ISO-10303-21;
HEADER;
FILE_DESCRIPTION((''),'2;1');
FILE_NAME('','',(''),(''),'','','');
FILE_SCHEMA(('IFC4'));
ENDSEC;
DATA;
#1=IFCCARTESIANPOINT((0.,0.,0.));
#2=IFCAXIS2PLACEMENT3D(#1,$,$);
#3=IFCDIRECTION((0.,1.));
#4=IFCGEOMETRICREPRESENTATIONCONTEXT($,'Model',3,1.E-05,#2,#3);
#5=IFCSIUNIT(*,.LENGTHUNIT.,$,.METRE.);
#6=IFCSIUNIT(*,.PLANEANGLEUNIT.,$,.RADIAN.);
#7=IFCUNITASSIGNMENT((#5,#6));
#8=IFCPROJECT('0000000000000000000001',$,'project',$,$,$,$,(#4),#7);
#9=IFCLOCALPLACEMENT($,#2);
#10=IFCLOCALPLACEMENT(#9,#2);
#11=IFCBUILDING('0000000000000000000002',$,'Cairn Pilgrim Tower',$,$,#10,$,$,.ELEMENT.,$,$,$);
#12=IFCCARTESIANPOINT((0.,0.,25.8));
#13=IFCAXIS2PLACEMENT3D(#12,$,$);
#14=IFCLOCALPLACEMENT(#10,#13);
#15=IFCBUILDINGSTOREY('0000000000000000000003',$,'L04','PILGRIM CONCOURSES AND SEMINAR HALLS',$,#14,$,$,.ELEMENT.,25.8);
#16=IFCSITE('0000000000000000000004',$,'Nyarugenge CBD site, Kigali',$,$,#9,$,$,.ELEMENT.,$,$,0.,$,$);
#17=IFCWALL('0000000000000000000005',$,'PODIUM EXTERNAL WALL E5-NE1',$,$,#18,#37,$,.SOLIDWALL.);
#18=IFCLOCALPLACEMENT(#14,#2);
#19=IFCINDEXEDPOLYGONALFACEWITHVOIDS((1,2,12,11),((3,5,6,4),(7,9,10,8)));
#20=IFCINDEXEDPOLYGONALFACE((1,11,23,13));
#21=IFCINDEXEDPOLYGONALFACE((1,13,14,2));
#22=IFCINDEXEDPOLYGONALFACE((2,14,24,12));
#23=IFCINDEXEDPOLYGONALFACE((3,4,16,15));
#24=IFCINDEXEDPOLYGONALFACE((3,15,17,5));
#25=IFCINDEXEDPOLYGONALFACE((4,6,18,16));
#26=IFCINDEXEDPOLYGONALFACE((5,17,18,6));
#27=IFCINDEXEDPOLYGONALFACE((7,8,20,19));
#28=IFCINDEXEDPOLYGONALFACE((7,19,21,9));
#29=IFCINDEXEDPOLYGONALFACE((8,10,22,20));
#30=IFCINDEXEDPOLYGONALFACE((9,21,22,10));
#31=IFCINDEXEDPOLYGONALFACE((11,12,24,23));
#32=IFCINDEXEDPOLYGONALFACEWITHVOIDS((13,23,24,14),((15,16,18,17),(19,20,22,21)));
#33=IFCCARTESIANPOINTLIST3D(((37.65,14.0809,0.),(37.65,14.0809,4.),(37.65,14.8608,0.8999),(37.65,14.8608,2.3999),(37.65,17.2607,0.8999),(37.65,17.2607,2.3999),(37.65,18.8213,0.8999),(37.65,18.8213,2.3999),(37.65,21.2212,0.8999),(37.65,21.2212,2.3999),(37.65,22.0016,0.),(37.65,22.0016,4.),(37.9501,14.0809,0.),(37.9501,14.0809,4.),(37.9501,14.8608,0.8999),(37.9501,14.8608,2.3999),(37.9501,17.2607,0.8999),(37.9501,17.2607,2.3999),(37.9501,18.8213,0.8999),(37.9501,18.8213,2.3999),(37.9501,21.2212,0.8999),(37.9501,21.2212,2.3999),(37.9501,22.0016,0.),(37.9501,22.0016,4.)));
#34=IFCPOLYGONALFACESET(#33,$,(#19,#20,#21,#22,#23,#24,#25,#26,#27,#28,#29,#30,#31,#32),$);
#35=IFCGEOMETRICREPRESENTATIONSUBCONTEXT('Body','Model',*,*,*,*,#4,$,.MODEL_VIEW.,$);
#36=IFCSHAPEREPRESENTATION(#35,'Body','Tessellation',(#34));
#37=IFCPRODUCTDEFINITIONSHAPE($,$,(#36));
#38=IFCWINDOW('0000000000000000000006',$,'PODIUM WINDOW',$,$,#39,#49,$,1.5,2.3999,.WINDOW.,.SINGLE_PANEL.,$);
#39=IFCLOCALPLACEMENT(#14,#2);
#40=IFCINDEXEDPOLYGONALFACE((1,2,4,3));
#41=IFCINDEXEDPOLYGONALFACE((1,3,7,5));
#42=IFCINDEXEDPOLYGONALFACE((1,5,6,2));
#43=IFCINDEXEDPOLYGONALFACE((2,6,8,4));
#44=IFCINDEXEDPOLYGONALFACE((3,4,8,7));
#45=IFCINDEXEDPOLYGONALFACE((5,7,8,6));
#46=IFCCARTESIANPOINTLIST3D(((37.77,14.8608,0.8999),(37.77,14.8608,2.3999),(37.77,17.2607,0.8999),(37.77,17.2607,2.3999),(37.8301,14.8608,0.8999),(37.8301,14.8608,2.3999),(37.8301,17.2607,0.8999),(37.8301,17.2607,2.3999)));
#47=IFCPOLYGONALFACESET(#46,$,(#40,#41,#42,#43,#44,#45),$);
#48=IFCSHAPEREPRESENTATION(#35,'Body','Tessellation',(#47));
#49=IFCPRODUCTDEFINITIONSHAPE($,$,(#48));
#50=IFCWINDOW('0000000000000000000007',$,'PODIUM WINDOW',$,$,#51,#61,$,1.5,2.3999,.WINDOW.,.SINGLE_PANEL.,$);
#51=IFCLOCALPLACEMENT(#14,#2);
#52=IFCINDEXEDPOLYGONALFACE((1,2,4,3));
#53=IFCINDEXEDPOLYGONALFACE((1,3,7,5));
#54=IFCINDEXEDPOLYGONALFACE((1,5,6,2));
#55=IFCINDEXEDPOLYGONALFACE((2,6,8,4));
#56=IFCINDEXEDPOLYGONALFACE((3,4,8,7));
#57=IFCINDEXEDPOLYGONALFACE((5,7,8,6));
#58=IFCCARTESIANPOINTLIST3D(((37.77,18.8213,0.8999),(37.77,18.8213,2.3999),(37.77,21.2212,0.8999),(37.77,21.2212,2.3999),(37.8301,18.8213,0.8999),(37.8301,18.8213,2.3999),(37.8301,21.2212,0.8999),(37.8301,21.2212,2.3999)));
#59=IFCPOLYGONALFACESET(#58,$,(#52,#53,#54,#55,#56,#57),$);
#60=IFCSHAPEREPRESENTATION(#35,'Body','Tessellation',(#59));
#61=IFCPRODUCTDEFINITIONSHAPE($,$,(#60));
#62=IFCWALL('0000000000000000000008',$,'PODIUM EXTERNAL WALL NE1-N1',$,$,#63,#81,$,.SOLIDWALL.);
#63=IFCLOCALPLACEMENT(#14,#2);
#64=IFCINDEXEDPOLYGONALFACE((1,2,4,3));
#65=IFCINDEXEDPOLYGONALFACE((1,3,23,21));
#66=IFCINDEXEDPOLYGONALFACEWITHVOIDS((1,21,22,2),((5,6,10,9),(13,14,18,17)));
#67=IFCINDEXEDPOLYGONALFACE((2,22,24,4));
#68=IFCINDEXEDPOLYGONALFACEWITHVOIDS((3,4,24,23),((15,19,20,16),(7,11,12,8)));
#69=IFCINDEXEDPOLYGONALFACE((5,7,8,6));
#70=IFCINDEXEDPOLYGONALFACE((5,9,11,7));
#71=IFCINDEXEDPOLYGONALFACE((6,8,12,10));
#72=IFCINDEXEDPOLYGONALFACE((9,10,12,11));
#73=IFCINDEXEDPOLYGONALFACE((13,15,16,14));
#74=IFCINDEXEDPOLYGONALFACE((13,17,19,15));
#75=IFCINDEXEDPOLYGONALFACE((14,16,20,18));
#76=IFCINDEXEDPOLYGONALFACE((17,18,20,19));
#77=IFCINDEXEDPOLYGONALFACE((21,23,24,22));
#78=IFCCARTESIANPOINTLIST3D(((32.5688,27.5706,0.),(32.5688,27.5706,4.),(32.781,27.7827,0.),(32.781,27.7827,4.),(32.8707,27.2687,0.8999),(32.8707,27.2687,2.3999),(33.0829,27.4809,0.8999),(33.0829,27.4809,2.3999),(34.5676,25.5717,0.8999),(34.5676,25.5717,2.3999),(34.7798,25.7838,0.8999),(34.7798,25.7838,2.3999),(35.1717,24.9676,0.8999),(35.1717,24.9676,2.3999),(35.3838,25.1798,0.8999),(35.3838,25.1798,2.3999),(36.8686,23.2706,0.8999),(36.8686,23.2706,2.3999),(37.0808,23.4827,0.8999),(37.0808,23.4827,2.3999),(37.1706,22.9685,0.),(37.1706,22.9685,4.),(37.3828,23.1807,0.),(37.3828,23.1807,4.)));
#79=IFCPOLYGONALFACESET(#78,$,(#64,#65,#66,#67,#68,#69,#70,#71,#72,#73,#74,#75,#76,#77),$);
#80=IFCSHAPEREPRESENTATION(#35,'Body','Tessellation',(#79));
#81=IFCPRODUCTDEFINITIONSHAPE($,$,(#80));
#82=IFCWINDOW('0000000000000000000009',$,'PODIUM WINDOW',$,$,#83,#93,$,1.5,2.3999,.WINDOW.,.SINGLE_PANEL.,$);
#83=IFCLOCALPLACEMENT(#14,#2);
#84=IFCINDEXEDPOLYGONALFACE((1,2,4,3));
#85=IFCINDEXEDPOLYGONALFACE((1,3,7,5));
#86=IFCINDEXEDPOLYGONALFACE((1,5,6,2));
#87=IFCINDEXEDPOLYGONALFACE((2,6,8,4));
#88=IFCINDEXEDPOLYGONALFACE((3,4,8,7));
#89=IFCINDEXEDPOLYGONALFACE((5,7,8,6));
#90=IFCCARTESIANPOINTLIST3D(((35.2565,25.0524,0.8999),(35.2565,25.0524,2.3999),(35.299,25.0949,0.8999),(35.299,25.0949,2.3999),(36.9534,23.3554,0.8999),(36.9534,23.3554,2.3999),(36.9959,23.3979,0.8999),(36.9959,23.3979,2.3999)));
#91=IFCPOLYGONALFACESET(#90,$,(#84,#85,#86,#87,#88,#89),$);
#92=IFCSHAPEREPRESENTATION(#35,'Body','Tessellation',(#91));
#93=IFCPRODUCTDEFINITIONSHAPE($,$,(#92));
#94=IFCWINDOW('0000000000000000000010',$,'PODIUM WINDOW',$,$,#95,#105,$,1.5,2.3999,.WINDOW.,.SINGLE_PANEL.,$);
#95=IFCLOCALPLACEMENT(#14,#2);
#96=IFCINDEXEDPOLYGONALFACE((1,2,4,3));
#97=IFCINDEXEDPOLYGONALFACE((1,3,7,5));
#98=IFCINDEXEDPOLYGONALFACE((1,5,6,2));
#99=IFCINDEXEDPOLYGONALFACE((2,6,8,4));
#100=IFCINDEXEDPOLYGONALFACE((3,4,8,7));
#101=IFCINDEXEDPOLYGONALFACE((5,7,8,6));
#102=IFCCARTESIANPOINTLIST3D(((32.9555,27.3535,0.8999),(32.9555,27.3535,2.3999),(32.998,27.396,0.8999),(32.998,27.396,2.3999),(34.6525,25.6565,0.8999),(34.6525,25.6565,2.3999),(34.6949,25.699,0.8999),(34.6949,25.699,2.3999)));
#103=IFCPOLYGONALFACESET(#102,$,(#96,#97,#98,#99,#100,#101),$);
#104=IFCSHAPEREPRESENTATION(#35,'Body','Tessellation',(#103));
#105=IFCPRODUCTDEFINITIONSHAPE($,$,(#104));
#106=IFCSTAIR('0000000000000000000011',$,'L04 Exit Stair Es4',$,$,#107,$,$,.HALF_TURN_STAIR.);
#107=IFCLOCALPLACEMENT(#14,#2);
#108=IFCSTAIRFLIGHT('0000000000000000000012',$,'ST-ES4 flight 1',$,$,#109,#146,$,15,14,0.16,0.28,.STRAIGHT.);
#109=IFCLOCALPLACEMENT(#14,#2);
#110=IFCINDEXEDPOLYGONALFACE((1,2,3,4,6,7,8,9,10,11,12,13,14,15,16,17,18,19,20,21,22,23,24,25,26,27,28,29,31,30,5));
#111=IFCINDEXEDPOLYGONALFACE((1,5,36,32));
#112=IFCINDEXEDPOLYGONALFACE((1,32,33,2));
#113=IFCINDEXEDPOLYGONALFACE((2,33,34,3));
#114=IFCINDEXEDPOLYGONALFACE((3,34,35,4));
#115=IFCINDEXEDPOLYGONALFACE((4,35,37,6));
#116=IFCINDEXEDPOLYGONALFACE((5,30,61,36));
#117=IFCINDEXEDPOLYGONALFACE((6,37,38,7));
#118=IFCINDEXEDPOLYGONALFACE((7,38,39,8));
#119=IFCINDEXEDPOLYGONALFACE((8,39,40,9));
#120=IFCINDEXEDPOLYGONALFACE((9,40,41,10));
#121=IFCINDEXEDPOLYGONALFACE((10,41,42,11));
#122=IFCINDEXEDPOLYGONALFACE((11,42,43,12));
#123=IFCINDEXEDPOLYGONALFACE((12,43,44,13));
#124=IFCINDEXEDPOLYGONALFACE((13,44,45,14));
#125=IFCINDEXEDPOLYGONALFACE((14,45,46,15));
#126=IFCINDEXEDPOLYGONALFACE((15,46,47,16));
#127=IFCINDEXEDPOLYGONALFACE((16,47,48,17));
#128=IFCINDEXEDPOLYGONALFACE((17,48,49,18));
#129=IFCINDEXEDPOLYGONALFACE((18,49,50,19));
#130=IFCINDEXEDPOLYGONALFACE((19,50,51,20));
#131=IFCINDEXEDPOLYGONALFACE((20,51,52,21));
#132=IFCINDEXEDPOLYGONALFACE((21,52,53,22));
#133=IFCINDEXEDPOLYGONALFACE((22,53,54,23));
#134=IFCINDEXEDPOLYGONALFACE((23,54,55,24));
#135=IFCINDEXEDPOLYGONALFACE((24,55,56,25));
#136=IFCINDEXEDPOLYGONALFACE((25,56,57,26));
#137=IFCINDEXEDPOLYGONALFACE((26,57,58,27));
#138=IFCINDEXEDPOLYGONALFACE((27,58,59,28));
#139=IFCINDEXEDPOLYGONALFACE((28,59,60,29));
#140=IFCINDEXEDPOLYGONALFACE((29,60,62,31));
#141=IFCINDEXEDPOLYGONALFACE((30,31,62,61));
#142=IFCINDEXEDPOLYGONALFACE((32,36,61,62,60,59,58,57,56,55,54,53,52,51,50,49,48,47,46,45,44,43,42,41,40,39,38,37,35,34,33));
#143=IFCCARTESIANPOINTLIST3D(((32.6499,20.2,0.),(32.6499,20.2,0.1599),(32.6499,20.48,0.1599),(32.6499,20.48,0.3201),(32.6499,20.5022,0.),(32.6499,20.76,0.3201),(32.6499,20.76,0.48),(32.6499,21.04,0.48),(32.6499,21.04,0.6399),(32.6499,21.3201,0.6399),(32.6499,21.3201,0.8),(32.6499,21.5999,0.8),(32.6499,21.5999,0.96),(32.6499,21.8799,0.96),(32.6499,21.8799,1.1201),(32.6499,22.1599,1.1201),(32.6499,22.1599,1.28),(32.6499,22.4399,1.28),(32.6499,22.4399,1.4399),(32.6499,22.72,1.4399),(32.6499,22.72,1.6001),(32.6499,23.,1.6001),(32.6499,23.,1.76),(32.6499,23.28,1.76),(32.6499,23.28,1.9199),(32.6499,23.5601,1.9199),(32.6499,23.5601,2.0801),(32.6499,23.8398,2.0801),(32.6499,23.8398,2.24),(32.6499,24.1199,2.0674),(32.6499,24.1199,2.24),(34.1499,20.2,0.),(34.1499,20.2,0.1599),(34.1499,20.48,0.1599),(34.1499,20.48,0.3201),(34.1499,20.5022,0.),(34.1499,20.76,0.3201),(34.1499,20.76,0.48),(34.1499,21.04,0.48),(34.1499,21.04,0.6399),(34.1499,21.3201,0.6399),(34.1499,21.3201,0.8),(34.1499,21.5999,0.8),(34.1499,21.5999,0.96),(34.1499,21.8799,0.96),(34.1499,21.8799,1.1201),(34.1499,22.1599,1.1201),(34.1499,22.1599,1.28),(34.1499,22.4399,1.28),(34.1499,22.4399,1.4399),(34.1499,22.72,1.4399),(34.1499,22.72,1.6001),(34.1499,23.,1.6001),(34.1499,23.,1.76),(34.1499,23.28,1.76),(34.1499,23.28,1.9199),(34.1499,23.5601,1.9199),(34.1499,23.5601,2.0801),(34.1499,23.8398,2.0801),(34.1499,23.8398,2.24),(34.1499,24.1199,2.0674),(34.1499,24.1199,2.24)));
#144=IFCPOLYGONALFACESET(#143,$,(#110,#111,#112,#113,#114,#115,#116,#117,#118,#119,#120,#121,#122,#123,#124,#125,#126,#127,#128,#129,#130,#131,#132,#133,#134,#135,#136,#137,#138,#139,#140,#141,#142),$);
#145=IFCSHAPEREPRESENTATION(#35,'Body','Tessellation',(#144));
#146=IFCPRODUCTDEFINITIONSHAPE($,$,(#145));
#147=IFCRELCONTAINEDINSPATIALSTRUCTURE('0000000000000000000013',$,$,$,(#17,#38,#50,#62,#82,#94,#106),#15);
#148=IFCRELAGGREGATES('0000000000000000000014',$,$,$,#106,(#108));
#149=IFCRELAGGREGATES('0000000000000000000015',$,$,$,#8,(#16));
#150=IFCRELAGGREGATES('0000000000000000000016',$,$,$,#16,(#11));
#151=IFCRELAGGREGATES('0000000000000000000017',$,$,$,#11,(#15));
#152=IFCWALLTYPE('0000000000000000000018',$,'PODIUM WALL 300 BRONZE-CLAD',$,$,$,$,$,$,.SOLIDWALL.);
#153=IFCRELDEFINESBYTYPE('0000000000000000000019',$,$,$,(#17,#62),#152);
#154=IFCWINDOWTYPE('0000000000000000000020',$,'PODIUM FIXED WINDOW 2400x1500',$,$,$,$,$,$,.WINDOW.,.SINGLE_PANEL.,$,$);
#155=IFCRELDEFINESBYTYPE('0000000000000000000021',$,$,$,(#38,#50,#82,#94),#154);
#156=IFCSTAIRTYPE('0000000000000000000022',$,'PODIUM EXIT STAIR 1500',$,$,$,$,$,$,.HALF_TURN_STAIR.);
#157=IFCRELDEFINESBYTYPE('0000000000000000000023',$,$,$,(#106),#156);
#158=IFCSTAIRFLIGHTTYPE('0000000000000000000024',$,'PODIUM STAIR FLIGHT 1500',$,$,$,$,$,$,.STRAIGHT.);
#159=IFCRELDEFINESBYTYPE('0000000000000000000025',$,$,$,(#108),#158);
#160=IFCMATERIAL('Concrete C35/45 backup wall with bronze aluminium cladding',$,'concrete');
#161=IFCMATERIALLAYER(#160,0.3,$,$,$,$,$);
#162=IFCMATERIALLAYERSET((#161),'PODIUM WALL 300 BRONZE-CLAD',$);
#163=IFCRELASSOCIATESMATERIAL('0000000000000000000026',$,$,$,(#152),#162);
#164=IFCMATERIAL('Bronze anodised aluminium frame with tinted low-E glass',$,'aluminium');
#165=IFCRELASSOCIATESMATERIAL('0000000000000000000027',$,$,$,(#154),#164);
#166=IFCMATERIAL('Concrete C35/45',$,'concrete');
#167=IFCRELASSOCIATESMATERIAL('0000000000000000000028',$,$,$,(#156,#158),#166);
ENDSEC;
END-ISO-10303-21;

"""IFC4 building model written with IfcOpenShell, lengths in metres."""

from ifc_helpers import new_model, si_unit, direction, frame, frame_2d, origin, place, context, subcontext, project, spatial, polyline, rectangle, outline, extrude, material, layer, layer_set, type_object, element, fill, aggregate, save


model = new_model("IFC4")

# Units and contexts
model_context = context("Model", 3, precision=1e-05, world=origin(), true_north=direction((0.0, 1.0)))
body_context = subcontext(model_context, "Body", "Model", "MODEL_VIEW")
ifc_project = project(units=[si_unit("LENGTHUNIT", "METRE"), si_unit("PLANEANGLEUNIT", "RADIAN")], contexts=[model_context])

# Site, building, storey
site_placement = place(None, origin())
site = spatial("IfcSite", under=ifc_project, at=site_placement, Name="Nyarugenge CBD site, Kigali", CompositionType="ELEMENT", RefElevation=0.0)
building_placement = place(site_placement, origin())
building = spatial("IfcBuilding", under=site, at=building_placement, Name="Cairn Pilgrim Tower", CompositionType="ELEMENT")
storey_placement = place(building_placement, frame((0.0, 0.0, 25.8)))
storey = spatial("IfcBuildingStorey", under=building, at=storey_placement, Name="L04", Description="PILGRIM CONCOURSES AND SEMINAR HALLS", CompositionType="ELEMENT", Elevation=25.8)

# Shared definitions
ifc_material_1 = material(Name="Concrete C35/45", Category="concrete")

# Walls, openings, windows
ifc_material_2 = material(Name="Concrete C35/45 backup wall with bronze aluminium cladding", Category="concrete")
ifc_layer_1 = layer(ifc_material_2, 0.3)
ifc_layer_set_1 = layer_set([ifc_layer_1], Name="PODIUM WALL 300 BRONZE-CLAD")
wall_type_1 = type_object("IfcWallType", Name="PODIUM WALL 300 BRONZE-CLAD", PredefinedType="SOLIDWALL", material=ifc_layer_set_1)
wall_1_placement = place(storey_placement, frame((37.8, 14.0808, 0.0), z_axis=(0.0, 0.0, 1.0), x_axis=(0.0, 1.0, 0.0)))
wall_1 = element("IfcWall", 1, at=wall_1_placement, inside=storey, type_object=wall_type_1, Name="PODIUM EXTERNAL WALL E5-NE1", PredefinedType="SOLIDWALL", context=body_context, shape_type="SweptSolid", body=[
    extrude(rectangle(XDim=7.9207, YDim=0.3, at=frame_2d((3.9604, 0.0))), origin(), (0.0, 0.0, 1.0), 4.0),
])
opening_1_placement = place(wall_1_placement, frame((0.78, 0.0, 0.8999)))
opening_1 = element("IfcOpeningElement", 2, at=opening_1_placement, cuts=wall_1, PredefinedType="OPENING", context=body_context, shape_type="SweptSolid", body=[
    extrude(rectangle(XDim=2.3999, YDim=1.5, at=frame_2d((1.2, 0.75))), frame((0.0, 0.1602, 0.0), z_axis=(0.0, -1.0, 0.0), x_axis=(1.0, 0.0, 0.0)), (0.0, 0.0, 1.0), 0.3201),
])
opening_2_placement = place(wall_1_placement, frame((4.7405, 0.0, 0.8999)))
opening_2 = element("IfcOpeningElement", 3, at=opening_2_placement, cuts=wall_1, PredefinedType="OPENING", context=body_context, shape_type="SweptSolid", body=[
    extrude(rectangle(XDim=2.3999, YDim=1.5, at=frame_2d((1.2, 0.75))), frame((0.0, 0.1602, 0.0), z_axis=(0.0, -1.0, 0.0), x_axis=(1.0, 0.0, 0.0)), (0.0, 0.0, 1.0), 0.3201),
])
ifc_material_3 = material(Name="Bronze anodised aluminium frame with tinted low-E glass", Category="aluminium")
window_type = type_object("IfcWindowType", Name="PODIUM FIXED WINDOW 2400x1500", PartitioningType="SINGLE_PANEL", PredefinedType="WINDOW", material=ifc_material_3)
window_1_placement = place(opening_1_placement, origin())
window_1 = element("IfcWindow", 4, at=window_1_placement, inside=storey, type_object=window_type, Name="PODIUM WINDOW", OverallHeight=1.5, OverallWidth=2.3999, PartitioningType="SINGLE_PANEL", PredefinedType="WINDOW", context=body_context, shape_type="SweptSolid", body=[
    extrude(rectangle(XDim=2.3999, YDim=1.5, at=frame_2d((1.2, 0.75))), frame((0.0, 0.03, 0.0), z_axis=(0.0, -1.0, 0.0), x_axis=(1.0, 0.0, 0.0)), (0.0, 0.0, 1.0), 0.0601),
])
fill(opening_1, window_1)
window_2_placement = place(opening_2_placement, origin())
window_2 = element("IfcWindow", 5, at=window_2_placement, inside=storey, type_object=window_type, Name="PODIUM WINDOW", OverallHeight=1.5, OverallWidth=2.3999, PartitioningType="SINGLE_PANEL", PredefinedType="WINDOW", context=body_context, shape_type="SweptSolid", body=[
    extrude(rectangle(XDim=2.3999, YDim=1.5, at=frame_2d((1.2, 0.75))), frame((0.0, 0.03, 0.0), z_axis=(0.0, -1.0, 0.0), x_axis=(1.0, 0.0, 0.0)), (0.0, 0.0, 1.0), 0.0601),
])
fill(opening_2, window_2)
wall_2_placement = place(storey_placement, frame((37.2766, 23.0747, 0.0), z_axis=(0.0, 0.0, 1.0), x_axis=(-0.707088, 0.707126, 0.0)))
wall_2 = element("IfcWall", 6, at=wall_2_placement, inside=storey, type_object=wall_type_1, Name="PODIUM EXTERNAL WALL NE1-N1", PredefinedType="SOLIDWALL", context=body_context, shape_type="SweptSolid", body=[
    extrude(rectangle(XDim=6.5081, YDim=0.3, at=frame_2d((3.2539, 0.0))), origin(), (0.0, 0.0, 1.0), 4.0),
])
opening_3_placement = place(wall_2_placement, frame((0.427, 0.0, 0.8999)))
opening_3 = element("IfcOpeningElement", 7, at=opening_3_placement, cuts=wall_2, PredefinedType="OPENING", context=body_context, shape_type="SweptSolid", body=[
    extrude(rectangle(XDim=2.3999, YDim=1.5, at=frame_2d((1.2, 0.75))), frame((0.0, 0.1602, 0.0), z_axis=(0.0, -1.0, 0.0), x_axis=(1.0, 0.0, 0.0)), (0.0, 0.0, 1.0), 0.3201),
])
opening_4_placement = place(wall_2_placement, frame((3.6812, 0.0, 0.8999)))
opening_4 = element("IfcOpeningElement", 8, at=opening_4_placement, cuts=wall_2, PredefinedType="OPENING", context=body_context, shape_type="SweptSolid", body=[
    extrude(rectangle(XDim=2.3999, YDim=1.5, at=frame_2d((1.2, 0.75))), frame((0.0, 0.1602, 0.0), z_axis=(0.0, -1.0, 0.0), x_axis=(1.0, 0.0, 0.0)), (0.0, 0.0, 1.0), 0.3201),
])
window_3_placement = place(opening_3_placement, origin())
window_3 = element("IfcWindow", 9, at=window_3_placement, inside=storey, type_object=window_type, Name="PODIUM WINDOW", OverallHeight=1.5, OverallWidth=2.3999, PartitioningType="SINGLE_PANEL", PredefinedType="WINDOW", context=body_context, shape_type="SweptSolid", body=[
    extrude(rectangle(XDim=2.3999, YDim=1.5, at=frame_2d((1.2, 0.75))), frame((0.0, 0.03, 0.0), z_axis=(0.0, -1.0, 0.0), x_axis=(1.0, 0.0, 0.0)), (0.0, 0.0, 1.0), 0.0601),
])
fill(opening_3, window_3)
window_4_placement = place(opening_4_placement, origin())
window_4 = element("IfcWindow", 10, at=window_4_placement, inside=storey, type_object=window_type, Name="PODIUM WINDOW", OverallHeight=1.5, OverallWidth=2.3999, PartitioningType="SINGLE_PANEL", PredefinedType="WINDOW", context=body_context, shape_type="SweptSolid", body=[
    extrude(rectangle(XDim=2.3999, YDim=1.5, at=frame_2d((1.2, 0.75))), frame((0.0, 0.03, 0.0), z_axis=(0.0, -1.0, 0.0), x_axis=(1.0, 0.0, 0.0)), (0.0, 0.0, 1.0), 0.0601),
])
fill(opening_4, window_4)

# Stair, stair flight
stair_type = type_object("IfcStairType", Name="PODIUM EXIT STAIR 1500", PredefinedType="HALF_TURN_STAIR", material=ifc_material_1)
stair_placement = place(storey_placement, origin())
stair = element("IfcStair", 11, at=stair_placement, inside=storey, type_object=stair_type, Name="L04 Exit Stair Es4", PredefinedType="HALF_TURN_STAIR")
stair_flight_type = type_object("IfcStairFlightType", Name="PODIUM STAIR FLIGHT 1500", PredefinedType="STRAIGHT", material=ifc_material_1)
stair_flight_placement = place(storey_placement, frame((33.3999, 20.2, 0.0), z_axis=(0.0, 0.0, 1.0), x_axis=(0.0, 1.0, 0.0)))
stair_flight = element("IfcStairFlight", 12, at=stair_flight_placement, type_object=stair_flight_type, Name="ST-ES4 flight 1", NumberOfRisers=15, NumberOfTreads=14, PredefinedType="STRAIGHT", RiserHeight=0.16, TreadLength=0.28, context=body_context, shape_type="SweptSolid", body=[
    extrude(outline(polyline([(0.0, 0.0), (0.0, 0.1599), (0.28, 0.1599), (0.28, 0.3201), (0.5601, 0.3201), (0.5601, 0.48), (0.8401, 0.48), (0.8401, 0.6399), (1.1201, 0.6399), (1.1201, 0.8), (1.3999, 0.8), (1.3999, 0.96), (1.6799, 0.96), (1.6799, 1.1201), (1.96, 1.1201), (1.96, 1.28), (2.24, 1.28), (2.24, 1.4399), (2.52, 1.4399), (2.52, 1.6001), (2.8, 1.6001), (2.8, 1.76), (3.0801, 1.76), (3.0801, 1.9199), (3.3601, 1.9199), (3.3601, 2.0801), (3.6399, 2.0801), (3.6399, 2.24), (3.9199, 2.24), (3.9199, 2.3999), (3.9199, 2.0674), (0.3022, 0.0), (0.0, 0.0)])), frame((0.0, 0.75, 0.0), z_axis=(0.0, -1.0, 0.0), x_axis=(1.0, 0.0, 0.0)), (0.0, 0.0, 1.0), 1.5),
])
aggregate(stair, [stair_flight])

save(model, "model.ifc")
